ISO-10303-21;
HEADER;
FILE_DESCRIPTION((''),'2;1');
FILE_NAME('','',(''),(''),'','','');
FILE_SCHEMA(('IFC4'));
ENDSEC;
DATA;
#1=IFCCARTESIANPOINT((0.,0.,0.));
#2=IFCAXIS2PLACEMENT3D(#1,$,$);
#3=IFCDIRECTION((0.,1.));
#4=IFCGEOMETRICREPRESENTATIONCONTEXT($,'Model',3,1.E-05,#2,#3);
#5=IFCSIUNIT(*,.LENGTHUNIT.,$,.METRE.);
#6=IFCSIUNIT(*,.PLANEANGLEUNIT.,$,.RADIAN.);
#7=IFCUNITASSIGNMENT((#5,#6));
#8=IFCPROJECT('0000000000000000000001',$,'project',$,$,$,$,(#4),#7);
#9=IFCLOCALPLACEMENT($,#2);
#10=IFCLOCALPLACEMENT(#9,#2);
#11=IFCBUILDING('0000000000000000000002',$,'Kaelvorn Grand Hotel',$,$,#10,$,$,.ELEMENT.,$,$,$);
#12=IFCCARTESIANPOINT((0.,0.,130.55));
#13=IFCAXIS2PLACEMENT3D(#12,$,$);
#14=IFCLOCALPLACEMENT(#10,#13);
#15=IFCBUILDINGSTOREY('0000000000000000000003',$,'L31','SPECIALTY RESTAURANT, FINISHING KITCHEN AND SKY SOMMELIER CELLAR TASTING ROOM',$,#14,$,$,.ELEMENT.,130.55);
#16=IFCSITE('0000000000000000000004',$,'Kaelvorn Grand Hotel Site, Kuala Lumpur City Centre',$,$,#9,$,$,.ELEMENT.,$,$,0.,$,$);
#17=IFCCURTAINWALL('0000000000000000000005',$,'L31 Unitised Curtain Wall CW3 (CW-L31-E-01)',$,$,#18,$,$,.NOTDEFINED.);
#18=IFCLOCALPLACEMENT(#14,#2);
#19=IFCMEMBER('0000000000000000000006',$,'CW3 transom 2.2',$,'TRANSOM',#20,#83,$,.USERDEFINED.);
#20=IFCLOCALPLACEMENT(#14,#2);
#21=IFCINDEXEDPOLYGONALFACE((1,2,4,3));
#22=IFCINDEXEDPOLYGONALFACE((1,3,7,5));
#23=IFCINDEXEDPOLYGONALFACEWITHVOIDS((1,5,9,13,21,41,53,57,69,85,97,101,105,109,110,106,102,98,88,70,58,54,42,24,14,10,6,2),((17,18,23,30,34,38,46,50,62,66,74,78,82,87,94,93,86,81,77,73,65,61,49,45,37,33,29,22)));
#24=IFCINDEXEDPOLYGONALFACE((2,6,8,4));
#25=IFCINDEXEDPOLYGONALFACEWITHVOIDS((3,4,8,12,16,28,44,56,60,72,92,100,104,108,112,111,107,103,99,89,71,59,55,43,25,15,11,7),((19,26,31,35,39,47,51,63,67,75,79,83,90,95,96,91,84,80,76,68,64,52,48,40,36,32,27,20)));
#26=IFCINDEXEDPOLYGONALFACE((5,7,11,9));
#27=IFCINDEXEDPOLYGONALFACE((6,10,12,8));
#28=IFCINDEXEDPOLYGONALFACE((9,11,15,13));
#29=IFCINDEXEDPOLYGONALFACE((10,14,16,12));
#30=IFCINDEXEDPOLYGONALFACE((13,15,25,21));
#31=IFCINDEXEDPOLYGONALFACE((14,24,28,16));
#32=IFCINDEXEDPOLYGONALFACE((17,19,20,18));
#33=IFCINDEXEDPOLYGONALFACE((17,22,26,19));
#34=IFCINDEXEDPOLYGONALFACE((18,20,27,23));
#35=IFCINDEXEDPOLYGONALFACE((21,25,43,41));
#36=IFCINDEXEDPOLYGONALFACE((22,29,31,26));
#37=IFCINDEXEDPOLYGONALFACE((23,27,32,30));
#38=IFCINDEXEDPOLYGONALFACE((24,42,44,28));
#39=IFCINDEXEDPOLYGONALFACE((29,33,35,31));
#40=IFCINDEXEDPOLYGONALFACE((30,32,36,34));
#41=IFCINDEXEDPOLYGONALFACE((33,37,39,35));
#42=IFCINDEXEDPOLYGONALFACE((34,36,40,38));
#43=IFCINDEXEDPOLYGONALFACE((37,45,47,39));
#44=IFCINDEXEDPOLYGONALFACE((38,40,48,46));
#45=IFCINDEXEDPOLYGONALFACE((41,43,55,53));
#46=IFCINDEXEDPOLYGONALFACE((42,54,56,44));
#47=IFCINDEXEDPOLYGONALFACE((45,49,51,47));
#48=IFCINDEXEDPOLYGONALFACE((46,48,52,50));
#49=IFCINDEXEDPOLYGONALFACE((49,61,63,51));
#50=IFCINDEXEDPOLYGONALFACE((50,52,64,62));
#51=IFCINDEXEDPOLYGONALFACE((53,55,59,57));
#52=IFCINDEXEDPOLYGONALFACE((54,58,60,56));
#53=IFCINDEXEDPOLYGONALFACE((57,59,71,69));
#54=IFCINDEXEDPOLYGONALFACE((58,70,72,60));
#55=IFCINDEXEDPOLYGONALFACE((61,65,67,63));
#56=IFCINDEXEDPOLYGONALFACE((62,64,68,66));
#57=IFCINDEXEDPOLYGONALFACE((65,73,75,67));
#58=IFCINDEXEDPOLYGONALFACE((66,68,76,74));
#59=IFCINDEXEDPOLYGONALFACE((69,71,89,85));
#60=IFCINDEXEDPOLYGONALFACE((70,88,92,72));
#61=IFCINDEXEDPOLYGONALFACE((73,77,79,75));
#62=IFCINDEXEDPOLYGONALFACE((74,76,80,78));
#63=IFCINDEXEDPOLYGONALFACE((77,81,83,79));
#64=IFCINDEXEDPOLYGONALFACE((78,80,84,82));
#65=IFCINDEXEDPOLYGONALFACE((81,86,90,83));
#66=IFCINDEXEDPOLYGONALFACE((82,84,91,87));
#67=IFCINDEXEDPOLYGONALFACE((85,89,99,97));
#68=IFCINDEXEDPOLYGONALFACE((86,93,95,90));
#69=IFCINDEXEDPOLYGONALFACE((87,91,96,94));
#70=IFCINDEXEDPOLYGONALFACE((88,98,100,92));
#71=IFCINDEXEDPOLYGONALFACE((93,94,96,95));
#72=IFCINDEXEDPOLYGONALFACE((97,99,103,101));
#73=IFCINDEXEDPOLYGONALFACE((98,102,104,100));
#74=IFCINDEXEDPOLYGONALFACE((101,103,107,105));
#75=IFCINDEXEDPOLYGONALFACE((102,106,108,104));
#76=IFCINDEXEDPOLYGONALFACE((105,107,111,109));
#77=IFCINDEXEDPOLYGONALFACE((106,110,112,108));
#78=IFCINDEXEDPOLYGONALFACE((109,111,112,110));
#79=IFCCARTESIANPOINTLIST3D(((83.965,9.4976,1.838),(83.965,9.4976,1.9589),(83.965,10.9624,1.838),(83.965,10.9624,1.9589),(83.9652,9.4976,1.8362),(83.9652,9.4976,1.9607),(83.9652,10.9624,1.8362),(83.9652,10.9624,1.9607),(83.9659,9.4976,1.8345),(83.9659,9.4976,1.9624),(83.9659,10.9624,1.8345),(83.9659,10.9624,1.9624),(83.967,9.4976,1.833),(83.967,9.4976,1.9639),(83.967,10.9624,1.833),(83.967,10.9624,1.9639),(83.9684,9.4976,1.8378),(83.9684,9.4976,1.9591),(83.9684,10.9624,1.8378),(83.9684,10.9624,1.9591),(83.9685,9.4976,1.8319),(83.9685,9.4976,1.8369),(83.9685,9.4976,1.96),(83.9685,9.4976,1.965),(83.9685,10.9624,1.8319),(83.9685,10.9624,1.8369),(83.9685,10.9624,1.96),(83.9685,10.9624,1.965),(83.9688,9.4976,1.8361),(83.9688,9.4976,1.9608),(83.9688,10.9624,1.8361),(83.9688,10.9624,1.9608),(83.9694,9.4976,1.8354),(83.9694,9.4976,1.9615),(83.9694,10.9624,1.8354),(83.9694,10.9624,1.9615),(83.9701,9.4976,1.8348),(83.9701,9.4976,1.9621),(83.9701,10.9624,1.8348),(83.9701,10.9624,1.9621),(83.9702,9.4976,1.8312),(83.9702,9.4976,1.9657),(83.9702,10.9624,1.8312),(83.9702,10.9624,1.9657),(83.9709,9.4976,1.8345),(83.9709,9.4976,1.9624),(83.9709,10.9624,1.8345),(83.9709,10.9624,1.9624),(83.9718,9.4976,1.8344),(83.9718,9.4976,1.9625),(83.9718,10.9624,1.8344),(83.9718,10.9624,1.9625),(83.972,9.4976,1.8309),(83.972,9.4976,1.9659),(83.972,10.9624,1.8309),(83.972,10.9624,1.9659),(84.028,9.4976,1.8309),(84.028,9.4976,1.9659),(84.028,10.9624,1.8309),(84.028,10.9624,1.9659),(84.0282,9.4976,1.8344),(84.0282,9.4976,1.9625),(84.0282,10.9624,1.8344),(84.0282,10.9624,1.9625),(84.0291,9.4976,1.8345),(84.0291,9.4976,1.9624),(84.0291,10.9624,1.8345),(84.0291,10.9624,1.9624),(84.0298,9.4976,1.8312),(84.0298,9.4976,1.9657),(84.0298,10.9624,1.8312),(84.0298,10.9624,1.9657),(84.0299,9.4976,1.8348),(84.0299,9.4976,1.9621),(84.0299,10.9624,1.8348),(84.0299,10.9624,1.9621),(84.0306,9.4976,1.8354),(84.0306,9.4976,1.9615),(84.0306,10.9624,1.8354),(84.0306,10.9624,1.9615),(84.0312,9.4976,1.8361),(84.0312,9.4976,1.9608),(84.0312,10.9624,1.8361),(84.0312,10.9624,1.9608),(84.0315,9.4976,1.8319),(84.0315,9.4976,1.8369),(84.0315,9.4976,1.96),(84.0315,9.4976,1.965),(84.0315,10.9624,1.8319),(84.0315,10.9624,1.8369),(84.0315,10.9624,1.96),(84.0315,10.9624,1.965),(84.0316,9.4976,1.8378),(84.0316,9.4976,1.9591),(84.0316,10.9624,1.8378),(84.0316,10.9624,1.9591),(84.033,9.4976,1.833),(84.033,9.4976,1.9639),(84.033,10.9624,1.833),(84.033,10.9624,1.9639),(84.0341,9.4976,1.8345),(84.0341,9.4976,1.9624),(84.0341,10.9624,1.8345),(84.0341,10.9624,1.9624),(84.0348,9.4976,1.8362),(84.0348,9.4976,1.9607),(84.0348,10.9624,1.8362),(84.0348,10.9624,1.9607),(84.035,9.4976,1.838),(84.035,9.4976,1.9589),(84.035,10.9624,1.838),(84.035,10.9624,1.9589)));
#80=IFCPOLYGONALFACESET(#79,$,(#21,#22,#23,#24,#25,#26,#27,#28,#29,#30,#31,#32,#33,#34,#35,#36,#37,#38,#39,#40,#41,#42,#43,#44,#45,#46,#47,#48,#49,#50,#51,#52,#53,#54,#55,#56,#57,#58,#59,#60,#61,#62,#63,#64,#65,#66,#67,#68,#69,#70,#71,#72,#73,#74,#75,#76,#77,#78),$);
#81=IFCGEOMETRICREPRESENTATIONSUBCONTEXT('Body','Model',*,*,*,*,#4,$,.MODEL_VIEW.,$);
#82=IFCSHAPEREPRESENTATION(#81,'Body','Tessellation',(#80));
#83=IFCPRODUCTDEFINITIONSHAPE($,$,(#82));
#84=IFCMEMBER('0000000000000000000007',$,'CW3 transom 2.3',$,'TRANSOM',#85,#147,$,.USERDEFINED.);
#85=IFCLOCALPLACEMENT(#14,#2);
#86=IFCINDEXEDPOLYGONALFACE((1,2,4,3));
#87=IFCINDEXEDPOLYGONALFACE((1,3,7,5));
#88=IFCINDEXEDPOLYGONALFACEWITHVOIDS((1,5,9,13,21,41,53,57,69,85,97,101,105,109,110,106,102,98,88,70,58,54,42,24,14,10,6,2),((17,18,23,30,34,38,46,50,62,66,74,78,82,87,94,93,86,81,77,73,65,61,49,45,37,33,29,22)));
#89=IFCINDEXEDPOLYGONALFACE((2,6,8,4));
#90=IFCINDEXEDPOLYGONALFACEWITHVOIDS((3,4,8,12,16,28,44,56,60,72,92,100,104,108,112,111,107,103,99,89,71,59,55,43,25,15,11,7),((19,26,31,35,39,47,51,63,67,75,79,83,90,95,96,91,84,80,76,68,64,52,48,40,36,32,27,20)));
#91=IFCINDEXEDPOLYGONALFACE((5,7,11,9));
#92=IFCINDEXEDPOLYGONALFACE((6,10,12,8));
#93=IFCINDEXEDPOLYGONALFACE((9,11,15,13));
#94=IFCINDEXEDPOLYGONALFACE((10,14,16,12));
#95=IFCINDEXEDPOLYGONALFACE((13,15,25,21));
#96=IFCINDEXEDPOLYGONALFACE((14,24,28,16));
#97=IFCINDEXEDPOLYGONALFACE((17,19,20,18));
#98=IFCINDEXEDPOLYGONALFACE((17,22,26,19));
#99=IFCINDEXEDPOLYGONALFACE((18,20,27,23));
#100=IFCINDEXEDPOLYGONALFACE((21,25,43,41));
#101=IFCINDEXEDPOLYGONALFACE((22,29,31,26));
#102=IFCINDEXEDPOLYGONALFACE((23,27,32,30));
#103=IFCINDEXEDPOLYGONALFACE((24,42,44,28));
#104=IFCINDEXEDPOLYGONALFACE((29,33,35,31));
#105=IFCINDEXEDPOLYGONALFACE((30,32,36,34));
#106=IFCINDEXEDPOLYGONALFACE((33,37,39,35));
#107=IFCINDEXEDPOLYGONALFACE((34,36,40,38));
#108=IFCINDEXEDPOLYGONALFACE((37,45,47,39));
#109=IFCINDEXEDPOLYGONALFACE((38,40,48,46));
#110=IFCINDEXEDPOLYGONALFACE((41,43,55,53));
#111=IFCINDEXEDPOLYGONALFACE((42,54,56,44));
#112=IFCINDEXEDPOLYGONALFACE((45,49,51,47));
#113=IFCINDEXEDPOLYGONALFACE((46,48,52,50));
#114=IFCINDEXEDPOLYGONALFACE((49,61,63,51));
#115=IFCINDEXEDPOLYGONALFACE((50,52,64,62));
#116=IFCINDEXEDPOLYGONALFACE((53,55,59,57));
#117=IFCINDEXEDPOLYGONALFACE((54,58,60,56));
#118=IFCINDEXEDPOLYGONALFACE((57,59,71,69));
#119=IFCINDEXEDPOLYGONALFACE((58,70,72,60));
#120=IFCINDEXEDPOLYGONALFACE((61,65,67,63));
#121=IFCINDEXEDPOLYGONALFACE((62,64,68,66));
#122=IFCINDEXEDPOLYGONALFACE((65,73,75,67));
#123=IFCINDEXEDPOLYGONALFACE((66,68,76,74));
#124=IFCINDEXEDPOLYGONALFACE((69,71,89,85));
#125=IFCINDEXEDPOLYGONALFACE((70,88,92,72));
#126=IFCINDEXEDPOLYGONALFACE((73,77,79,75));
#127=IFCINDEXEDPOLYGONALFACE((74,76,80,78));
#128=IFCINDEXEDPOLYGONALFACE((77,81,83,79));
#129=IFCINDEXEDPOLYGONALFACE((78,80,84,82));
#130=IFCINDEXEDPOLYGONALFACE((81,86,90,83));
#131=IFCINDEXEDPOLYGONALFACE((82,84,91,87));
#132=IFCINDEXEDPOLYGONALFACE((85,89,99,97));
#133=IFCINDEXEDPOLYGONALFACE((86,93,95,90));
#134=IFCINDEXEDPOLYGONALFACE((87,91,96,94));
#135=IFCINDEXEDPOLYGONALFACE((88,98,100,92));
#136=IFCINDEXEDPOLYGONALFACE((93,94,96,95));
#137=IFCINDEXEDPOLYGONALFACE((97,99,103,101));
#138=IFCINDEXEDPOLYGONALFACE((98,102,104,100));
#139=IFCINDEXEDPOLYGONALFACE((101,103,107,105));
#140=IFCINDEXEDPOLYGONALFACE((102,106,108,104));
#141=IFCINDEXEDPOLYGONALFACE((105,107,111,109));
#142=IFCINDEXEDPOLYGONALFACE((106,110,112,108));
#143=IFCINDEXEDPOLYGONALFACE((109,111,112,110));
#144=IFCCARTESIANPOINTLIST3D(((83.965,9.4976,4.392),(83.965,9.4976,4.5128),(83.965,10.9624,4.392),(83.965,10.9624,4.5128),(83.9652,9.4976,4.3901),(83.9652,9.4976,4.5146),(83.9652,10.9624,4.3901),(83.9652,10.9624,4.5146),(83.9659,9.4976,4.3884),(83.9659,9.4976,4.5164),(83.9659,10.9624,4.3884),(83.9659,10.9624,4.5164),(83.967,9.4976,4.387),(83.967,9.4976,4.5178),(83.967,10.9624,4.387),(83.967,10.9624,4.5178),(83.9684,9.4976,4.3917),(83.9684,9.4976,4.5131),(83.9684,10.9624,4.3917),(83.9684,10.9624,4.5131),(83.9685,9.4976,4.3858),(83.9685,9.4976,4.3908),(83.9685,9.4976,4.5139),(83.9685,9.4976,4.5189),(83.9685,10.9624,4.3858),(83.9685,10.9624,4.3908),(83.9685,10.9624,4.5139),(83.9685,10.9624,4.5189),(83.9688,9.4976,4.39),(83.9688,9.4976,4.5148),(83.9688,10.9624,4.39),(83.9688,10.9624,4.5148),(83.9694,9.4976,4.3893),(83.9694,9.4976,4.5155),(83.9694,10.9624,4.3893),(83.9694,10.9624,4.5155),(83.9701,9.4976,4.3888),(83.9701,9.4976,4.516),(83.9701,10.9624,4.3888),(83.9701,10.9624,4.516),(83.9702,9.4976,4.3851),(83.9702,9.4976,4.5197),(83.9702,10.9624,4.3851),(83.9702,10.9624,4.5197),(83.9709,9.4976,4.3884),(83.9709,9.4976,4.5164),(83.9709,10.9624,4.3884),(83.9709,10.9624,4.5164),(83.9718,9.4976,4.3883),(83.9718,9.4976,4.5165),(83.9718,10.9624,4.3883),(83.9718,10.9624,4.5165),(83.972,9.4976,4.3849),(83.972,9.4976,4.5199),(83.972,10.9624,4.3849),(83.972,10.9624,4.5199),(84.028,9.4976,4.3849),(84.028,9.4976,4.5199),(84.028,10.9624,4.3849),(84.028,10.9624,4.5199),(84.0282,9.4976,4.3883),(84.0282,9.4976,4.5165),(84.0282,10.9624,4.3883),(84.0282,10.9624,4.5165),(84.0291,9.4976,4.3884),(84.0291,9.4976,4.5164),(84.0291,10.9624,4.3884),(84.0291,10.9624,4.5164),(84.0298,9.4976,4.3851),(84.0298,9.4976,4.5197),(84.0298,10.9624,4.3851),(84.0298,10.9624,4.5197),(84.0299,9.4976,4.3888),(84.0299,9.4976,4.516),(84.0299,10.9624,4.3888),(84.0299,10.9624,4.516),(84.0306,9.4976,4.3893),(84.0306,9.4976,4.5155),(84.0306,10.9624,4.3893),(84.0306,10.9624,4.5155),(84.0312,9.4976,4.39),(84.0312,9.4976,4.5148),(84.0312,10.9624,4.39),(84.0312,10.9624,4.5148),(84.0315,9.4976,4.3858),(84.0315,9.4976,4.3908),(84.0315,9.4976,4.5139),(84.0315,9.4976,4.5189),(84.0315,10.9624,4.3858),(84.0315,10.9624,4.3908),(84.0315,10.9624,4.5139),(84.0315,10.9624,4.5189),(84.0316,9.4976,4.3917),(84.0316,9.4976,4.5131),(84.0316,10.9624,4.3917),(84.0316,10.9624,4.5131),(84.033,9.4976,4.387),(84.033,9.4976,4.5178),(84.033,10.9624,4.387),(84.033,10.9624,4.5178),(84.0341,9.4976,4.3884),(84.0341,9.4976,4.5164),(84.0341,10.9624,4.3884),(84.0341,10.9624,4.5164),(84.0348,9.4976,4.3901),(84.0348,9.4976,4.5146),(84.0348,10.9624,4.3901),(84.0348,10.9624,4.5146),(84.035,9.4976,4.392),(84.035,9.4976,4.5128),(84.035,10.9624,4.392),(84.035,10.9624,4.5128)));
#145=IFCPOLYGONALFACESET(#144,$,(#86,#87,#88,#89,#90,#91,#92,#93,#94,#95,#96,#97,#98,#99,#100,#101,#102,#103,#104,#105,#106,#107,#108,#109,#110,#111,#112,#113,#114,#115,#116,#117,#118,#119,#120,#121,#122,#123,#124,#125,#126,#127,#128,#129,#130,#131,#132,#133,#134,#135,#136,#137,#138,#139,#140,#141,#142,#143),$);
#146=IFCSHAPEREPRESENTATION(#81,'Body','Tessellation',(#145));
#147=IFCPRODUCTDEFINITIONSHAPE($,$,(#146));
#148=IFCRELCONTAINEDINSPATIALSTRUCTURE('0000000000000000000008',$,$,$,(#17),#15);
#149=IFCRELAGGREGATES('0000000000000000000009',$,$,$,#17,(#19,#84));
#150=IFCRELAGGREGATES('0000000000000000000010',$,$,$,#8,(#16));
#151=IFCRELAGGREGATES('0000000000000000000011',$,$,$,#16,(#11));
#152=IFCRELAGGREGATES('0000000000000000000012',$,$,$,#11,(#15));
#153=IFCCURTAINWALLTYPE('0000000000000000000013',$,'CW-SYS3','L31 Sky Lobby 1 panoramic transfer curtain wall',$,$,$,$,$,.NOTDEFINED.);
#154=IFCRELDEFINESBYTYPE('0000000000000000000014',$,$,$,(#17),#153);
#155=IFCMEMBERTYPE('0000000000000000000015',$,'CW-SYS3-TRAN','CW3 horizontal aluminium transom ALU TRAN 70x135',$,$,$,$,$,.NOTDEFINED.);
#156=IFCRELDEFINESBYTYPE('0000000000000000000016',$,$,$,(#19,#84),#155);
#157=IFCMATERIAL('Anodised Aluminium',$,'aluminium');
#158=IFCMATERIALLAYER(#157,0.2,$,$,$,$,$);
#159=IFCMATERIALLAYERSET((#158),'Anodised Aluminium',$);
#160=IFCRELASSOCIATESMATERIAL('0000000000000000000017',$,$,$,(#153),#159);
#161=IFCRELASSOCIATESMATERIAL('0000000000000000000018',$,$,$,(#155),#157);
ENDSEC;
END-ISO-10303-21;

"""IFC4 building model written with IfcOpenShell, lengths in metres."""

from ifc_helpers import new_model, si_unit, direction, frame, origin, origin_2d, place, context, subcontext, project, spatial, hollow_rectangle, extrude, material, layer, layer_set, material_profile, profile_set, type_object, element, aggregate, save


model = new_model("IFC4")

# Units and contexts
model_context = context("Model", 3, precision=1e-05, world=origin(), true_north=direction((0.0, 1.0)))
body_context = subcontext(model_context, "Body", "Model", "MODEL_VIEW")
ifc_project = project(units=[si_unit("LENGTHUNIT", "METRE"), si_unit("PLANEANGLEUNIT", "RADIAN")], contexts=[model_context])

# Site, building, storey
site_placement = place(None, origin())
site = spatial("IfcSite", under=ifc_project, at=site_placement, Name="Kaelvorn Grand Hotel Site, Kuala Lumpur City Centre", CompositionType="ELEMENT", RefElevation=0.0)
building_placement = place(site_placement, origin())
building = spatial("IfcBuilding", under=site, at=building_placement, Name="Kaelvorn Grand Hotel", CompositionType="ELEMENT")
storey_placement = place(building_placement, frame((0.0, 0.0, 130.55)))
storey = spatial("IfcBuildingStorey", under=building, at=storey_placement, Name="L31", Description="SPECIALTY RESTAURANT, FINISHING KITCHEN AND SKY SOMMELIER CELLAR TASTING ROOM", CompositionType="ELEMENT", Elevation=130.55)

# Curtain wall, members
ifc_material_1 = material(Name="Anodised Aluminium", Category="aluminium")
ifc_layer_1 = layer(ifc_material_1, 0.2)
ifc_layer_set_1 = layer_set([ifc_layer_1], Name="Anodised Aluminium")
curtain_wall_type = type_object("IfcCurtainWallType", Name="CW-SYS3", Description="L31 Sky Lobby 1 panoramic transfer curtain wall", PredefinedType="NOTDEFINED", material=ifc_layer_set_1)
curtain_wall_placement = place(storey_placement, origin())
curtain_wall = element("IfcCurtainWall", 1, at=curtain_wall_placement, inside=storey, type_object=curtain_wall_type, Name="L31 Unitised Curtain Wall CW3 (CW-L31-E-01)", PredefinedType="NOTDEFINED")
ifc_material_profile_1 = material_profile(ifc_material_1, hollow_rectangle(XDim=0.0701, YDim=0.135, WallThickness=0.0034, InnerFilletRadius=0.0034, OuterFilletRadius=0.0071, at=origin_2d()), Name="ALU TRAN 70x135")
ifc_profile_set_1 = profile_set([ifc_material_profile_1], Name="Anodised Aluminium")
member_type_1 = type_object("IfcMemberType", Name="CW-SYS3-TRAN", Description="CW3 horizontal aluminium transom ALU TRAN 70x135", PredefinedType="NOTDEFINED", material=ifc_profile_set_1)
member_1_placement = place(storey_placement, frame((84.0, 9.4976, 1.8984), z_axis=(0.0, 1.0, 0.0), x_axis=(-1.0, 0.0, 0.0)))
member_1 = element("IfcMember", 2, at=member_1_placement, type_object=member_type_1, Name="CW3 transom 2.2", ObjectType="TRANSOM", PredefinedType="USERDEFINED", context=body_context, shape_type="SweptSolid", body=[
    extrude(hollow_rectangle(XDim=0.0701, YDim=0.135, WallThickness=0.0034, InnerFilletRadius=0.0034, OuterFilletRadius=0.0071, at=origin_2d()), origin(), (0.0, 0.0, 1.0), 1.4648),
])
member_2_placement = place(storey_placement, frame((84.0, 9.4976, 4.4524), z_axis=(0.0, 1.0, 0.0), x_axis=(-1.0, 0.0, 0.0)))
member_2 = element("IfcMember", 3, at=member_2_placement, type_object=member_type_1, Name="CW3 transom 2.3", ObjectType="TRANSOM", PredefinedType="USERDEFINED", context=body_context, shape_type="SweptSolid", body=[
    extrude(hollow_rectangle(XDim=0.0701, YDim=0.135, WallThickness=0.0034, InnerFilletRadius=0.0034, OuterFilletRadius=0.0071, at=origin_2d()), origin(), (0.0, 0.0, 1.0), 1.4648),
])
aggregate(curtain_wall, [member_1, member_2])

save(model, "model.ifc")
